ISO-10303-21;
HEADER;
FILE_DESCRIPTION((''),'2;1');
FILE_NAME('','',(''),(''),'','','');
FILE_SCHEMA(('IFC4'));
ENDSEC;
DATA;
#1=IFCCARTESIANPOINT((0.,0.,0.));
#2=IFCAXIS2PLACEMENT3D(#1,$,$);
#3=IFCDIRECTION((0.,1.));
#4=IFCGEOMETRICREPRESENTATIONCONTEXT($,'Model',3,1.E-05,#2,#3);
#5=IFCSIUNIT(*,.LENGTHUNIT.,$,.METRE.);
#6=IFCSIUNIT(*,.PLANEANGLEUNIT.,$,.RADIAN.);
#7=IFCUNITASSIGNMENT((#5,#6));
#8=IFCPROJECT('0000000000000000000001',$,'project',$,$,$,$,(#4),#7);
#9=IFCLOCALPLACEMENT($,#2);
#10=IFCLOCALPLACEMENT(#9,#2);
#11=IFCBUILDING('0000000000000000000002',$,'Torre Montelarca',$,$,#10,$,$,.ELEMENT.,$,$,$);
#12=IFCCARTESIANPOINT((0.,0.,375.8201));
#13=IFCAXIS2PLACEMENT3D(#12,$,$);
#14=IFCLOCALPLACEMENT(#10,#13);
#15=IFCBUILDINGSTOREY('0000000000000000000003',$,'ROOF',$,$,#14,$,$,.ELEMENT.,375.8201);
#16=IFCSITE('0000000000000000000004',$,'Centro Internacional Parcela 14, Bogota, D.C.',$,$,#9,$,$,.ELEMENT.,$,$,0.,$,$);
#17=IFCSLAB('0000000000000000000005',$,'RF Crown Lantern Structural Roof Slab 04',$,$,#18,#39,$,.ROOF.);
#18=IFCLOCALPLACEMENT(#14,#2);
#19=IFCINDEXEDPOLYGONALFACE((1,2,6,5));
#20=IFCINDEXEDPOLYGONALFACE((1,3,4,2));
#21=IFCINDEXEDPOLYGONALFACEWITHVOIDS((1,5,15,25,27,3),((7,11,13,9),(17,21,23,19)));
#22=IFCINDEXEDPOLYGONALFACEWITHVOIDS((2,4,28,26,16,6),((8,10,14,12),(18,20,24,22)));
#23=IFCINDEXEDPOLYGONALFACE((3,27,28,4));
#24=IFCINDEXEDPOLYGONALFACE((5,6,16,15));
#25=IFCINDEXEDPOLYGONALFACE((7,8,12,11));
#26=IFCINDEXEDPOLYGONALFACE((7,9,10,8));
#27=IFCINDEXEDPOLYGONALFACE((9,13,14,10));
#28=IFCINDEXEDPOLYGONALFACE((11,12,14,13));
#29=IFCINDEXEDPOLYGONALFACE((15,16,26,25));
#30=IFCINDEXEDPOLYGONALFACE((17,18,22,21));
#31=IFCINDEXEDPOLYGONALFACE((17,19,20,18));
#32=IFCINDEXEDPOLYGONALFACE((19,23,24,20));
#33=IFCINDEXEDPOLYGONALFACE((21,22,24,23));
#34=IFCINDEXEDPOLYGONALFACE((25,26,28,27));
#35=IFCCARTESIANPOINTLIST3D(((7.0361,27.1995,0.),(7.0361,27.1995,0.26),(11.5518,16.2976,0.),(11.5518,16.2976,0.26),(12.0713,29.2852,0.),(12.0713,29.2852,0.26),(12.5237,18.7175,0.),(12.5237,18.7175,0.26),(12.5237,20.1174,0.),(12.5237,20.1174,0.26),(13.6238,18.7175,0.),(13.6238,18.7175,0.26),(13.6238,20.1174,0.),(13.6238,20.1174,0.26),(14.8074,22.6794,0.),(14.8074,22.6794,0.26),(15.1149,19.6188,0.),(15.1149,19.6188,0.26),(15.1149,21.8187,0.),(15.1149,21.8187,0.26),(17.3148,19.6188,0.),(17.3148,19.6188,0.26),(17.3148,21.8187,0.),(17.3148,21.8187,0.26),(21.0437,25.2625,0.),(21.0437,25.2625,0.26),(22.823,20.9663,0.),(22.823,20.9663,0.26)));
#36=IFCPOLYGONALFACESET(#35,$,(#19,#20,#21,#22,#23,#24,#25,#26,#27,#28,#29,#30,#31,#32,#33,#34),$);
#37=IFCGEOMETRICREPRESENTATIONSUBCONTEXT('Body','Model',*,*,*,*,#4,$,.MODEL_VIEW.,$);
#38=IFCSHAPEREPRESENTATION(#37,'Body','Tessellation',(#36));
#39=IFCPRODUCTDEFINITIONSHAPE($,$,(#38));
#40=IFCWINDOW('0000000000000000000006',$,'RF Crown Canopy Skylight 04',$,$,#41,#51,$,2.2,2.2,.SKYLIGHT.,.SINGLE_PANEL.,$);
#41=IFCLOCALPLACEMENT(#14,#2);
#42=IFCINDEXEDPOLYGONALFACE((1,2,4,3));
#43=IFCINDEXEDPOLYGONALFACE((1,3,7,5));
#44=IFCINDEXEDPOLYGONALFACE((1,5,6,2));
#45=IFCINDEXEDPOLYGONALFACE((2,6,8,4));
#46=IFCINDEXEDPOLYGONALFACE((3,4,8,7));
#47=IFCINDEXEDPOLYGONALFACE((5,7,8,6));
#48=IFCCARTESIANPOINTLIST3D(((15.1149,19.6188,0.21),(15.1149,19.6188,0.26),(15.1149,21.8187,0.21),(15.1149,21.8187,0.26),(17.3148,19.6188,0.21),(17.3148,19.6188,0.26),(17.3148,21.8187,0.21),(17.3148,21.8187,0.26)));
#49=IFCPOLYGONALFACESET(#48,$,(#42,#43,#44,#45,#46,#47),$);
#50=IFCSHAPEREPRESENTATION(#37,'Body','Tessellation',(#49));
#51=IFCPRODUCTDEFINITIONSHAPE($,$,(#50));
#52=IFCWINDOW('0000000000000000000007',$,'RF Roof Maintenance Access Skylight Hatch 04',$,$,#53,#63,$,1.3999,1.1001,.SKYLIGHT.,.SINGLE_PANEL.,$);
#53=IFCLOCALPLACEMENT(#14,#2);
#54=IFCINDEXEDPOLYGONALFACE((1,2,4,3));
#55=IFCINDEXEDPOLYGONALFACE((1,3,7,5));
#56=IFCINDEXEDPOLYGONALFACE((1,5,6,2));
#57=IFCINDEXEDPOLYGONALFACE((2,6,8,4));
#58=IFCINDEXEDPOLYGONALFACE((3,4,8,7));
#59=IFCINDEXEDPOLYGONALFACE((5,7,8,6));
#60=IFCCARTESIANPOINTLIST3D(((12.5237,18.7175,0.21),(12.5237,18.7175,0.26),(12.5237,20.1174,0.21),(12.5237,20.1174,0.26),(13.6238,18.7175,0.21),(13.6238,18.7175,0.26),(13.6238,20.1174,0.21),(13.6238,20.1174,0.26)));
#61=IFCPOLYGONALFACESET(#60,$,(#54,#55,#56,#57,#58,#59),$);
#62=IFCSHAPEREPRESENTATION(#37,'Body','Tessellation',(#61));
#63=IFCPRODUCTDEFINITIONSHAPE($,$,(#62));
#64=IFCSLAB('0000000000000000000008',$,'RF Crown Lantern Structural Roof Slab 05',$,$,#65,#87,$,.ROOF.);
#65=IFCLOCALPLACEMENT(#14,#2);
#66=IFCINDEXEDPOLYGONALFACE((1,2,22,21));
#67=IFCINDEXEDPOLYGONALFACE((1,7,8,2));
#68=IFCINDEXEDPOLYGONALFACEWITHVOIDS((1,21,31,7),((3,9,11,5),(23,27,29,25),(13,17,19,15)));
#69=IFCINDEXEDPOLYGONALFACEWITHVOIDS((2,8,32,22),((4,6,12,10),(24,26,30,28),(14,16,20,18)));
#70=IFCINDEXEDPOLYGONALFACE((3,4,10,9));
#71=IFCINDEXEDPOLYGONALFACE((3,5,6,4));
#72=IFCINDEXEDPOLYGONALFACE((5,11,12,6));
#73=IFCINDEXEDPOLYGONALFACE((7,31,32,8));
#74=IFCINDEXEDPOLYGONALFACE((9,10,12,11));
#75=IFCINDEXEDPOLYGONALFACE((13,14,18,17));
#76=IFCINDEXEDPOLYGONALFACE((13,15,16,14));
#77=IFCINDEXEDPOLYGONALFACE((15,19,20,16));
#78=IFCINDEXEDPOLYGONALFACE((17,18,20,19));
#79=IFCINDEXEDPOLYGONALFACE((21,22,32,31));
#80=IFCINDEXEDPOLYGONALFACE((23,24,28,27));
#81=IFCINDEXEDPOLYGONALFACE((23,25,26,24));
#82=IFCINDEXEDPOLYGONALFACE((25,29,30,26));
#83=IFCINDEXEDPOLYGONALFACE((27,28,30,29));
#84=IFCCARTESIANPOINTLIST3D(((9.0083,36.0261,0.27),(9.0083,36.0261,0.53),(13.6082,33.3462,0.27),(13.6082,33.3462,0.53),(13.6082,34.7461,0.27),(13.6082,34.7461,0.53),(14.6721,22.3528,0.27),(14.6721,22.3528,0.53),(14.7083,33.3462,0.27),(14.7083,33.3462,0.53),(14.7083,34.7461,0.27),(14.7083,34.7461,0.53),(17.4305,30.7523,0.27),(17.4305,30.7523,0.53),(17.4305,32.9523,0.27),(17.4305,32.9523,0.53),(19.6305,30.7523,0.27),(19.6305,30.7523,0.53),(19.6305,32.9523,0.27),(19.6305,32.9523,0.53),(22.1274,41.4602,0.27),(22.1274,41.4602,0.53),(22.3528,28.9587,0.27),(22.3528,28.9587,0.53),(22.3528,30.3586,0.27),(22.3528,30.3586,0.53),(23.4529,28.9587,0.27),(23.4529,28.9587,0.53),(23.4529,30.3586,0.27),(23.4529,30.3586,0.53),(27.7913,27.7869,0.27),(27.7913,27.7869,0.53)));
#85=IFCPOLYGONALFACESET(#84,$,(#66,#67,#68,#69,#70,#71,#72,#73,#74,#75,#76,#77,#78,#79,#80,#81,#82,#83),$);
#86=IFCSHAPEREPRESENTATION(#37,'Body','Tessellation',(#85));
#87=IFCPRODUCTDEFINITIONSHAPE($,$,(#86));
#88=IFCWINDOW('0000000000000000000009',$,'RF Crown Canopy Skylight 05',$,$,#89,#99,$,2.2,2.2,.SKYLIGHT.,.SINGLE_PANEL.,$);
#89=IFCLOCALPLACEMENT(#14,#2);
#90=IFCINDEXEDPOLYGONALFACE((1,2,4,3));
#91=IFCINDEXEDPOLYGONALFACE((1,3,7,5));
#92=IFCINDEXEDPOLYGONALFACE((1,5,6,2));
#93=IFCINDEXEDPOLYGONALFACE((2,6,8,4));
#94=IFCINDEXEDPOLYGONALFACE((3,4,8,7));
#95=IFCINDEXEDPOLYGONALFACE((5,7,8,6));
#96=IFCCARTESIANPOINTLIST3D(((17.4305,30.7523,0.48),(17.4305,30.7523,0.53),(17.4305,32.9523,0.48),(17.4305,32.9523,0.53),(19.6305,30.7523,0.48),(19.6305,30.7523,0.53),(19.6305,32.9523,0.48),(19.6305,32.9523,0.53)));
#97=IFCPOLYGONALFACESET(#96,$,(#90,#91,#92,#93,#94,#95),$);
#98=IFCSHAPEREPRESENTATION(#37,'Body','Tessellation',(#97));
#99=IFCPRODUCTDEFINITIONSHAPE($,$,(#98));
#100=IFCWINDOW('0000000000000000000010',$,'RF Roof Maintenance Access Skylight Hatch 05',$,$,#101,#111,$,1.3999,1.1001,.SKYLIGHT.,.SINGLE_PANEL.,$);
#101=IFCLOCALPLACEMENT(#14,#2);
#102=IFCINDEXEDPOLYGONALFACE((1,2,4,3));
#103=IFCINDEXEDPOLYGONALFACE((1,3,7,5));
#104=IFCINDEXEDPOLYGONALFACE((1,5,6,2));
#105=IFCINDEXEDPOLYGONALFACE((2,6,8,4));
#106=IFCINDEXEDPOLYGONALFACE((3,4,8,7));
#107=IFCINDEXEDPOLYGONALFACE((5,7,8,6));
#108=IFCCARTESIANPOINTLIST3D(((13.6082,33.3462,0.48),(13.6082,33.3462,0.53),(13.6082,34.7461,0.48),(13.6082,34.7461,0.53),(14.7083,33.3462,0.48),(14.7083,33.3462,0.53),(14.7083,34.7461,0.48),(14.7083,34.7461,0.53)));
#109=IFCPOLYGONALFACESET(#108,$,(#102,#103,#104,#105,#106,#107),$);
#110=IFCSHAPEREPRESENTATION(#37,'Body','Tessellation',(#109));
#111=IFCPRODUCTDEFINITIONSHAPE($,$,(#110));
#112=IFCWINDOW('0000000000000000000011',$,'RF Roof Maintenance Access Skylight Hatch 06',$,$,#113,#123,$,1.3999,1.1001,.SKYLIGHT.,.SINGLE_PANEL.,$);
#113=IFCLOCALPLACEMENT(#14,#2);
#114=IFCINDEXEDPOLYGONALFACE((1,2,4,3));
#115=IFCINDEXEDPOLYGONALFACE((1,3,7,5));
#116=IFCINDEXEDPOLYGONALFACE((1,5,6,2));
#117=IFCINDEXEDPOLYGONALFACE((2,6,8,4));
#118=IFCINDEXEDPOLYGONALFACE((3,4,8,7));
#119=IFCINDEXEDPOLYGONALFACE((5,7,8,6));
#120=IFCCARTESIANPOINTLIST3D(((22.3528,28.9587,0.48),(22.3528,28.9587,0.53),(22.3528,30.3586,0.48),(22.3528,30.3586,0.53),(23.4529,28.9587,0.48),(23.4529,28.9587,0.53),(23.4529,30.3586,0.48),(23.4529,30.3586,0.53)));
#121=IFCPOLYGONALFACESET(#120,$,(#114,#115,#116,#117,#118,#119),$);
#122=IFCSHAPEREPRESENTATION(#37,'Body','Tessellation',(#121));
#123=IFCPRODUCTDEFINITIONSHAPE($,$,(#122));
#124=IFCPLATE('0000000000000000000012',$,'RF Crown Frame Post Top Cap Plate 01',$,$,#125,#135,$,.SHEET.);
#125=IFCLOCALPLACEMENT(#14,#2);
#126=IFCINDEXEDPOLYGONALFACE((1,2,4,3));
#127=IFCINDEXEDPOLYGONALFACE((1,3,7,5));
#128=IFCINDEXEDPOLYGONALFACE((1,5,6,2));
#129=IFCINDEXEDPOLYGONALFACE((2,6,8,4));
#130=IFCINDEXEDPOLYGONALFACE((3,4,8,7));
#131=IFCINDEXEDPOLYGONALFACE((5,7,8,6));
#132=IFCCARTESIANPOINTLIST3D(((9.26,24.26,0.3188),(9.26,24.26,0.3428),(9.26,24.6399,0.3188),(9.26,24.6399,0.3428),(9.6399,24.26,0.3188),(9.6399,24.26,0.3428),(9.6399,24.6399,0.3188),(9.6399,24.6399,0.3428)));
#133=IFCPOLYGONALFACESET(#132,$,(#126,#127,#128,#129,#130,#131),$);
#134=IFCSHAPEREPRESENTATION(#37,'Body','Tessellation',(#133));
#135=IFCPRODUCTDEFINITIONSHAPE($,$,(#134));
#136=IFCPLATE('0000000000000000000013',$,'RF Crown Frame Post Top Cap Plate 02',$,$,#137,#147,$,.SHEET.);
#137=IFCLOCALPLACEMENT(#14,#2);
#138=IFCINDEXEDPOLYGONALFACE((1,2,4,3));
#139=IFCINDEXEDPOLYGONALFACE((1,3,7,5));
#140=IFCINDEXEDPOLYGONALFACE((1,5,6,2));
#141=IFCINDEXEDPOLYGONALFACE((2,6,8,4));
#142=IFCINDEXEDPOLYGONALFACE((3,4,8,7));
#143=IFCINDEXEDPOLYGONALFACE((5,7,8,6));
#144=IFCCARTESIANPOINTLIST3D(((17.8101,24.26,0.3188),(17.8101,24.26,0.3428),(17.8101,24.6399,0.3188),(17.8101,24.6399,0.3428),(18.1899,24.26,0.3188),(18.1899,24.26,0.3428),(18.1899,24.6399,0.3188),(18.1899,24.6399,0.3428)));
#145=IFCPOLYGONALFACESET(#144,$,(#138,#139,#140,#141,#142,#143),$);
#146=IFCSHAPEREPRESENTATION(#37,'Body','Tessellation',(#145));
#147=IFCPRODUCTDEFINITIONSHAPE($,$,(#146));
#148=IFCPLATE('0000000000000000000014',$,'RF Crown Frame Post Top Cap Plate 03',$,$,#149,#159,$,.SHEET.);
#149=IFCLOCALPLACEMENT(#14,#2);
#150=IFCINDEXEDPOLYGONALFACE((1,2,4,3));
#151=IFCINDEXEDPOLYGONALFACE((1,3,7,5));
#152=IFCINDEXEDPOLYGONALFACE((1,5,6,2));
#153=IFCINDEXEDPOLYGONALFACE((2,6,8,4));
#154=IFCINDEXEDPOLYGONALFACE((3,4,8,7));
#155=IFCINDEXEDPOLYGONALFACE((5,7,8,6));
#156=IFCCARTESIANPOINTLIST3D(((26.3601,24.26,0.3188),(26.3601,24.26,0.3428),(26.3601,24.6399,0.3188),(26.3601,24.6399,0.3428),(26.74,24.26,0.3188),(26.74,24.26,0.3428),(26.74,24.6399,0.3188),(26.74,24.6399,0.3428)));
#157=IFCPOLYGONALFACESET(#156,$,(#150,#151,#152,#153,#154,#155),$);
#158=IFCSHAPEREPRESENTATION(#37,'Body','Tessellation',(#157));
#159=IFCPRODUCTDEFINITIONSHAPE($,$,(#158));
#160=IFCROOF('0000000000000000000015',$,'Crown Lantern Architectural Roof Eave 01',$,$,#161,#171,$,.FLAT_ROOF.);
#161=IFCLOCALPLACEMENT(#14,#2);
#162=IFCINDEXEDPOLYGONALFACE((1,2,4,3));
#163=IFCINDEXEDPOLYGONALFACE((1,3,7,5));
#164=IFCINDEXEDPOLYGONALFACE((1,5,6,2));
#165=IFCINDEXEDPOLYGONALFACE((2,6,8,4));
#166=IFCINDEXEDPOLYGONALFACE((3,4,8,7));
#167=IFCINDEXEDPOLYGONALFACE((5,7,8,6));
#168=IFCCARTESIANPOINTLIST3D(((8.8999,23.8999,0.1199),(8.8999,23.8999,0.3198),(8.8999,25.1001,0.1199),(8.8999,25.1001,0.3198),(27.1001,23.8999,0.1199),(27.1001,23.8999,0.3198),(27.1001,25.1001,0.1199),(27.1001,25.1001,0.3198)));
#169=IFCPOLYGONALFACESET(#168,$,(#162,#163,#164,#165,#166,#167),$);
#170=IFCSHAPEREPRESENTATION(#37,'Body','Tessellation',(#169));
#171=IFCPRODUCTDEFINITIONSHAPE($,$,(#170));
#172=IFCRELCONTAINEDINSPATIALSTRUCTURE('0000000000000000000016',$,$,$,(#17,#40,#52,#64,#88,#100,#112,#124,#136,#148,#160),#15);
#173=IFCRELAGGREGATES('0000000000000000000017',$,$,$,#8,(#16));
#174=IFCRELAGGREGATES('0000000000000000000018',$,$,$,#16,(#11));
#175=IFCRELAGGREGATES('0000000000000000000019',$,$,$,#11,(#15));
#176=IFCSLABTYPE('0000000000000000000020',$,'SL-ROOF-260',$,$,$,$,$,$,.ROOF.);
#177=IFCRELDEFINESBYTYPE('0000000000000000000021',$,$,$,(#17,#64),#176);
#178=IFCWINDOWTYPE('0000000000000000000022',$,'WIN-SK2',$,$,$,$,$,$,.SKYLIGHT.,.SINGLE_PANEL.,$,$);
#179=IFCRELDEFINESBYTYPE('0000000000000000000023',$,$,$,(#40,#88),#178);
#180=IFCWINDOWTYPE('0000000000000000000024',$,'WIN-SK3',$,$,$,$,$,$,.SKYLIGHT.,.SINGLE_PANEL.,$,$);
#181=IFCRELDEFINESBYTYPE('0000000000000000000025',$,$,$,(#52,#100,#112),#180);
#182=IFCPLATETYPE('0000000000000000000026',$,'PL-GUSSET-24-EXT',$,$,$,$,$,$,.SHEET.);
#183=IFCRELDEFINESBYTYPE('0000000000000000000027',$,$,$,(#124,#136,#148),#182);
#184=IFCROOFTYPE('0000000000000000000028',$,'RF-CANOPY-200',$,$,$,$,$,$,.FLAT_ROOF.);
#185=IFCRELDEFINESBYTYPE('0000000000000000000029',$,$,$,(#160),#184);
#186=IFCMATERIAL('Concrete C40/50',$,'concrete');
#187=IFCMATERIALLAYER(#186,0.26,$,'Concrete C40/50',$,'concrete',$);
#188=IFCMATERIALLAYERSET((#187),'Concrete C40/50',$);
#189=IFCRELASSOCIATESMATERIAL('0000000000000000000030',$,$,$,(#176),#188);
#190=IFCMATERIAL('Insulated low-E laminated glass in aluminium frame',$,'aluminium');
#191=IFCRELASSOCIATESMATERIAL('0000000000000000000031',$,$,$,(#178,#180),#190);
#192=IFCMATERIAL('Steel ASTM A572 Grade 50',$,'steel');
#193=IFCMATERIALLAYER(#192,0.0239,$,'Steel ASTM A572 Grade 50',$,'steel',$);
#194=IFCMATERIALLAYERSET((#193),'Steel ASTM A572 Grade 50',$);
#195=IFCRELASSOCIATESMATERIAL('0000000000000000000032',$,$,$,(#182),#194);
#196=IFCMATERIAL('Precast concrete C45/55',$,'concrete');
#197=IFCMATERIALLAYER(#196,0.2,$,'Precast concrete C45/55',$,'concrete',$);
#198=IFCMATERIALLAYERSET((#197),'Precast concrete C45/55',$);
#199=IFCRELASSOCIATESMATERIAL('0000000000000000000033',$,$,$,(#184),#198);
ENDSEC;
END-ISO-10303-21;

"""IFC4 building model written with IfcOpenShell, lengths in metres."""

from ifc_helpers import new_model, si_unit, direction, frame, origin, origin_2d, place, context, subcontext, project, spatial, polyline, rectangle, outline, extrude, source, transform, mapped, material, layer, layer_set, type_object, element, fill, save


model = new_model("IFC4")

# Units and contexts
model_context = context("Model", 3, precision=1e-05, world=origin(), true_north=direction((0.0, 1.0)))
body_context = subcontext(model_context, "Body", "Model", "MODEL_VIEW")
ifc_project = project(units=[si_unit("LENGTHUNIT", "METRE"), si_unit("PLANEANGLEUNIT", "RADIAN")], contexts=[model_context])

# Site, building, storey
site_placement = place(None, origin())
site = spatial("IfcSite", under=ifc_project, at=site_placement, Name="Centro Internacional Parcela 14, Bogota, D.C.", CompositionType="ELEMENT", RefElevation=0.0)
building_placement = place(site_placement, origin())
building = spatial("IfcBuilding", under=site, at=building_placement, Name="Torre Montelarca", CompositionType="ELEMENT")
storey_placement = place(building_placement, frame((0.0, 0.0, 375.8201)))
storey = spatial("IfcBuildingStorey", under=building, at=storey_placement, Name="ROOF", CompositionType="ELEMENT", Elevation=375.8201)

# Slabs, openings, windows
ifc_material_1 = material(Name="Concrete C40/50", Category="concrete")
ifc_layer_1 = layer(ifc_material_1, 0.26, Name="Concrete C40/50", Category="concrete")
ifc_layer_set_1 = layer_set([ifc_layer_1], Name="Concrete C40/50")
slab_type = type_object("IfcSlabType", Name="SL-ROOF-260", PredefinedType="ROOF", material=ifc_layer_set_1)
ifc_material_2 = material(Name="Insulated low-E laminated glass in aluminium frame", Category="aluminium")
window_type_1 = type_object("IfcWindowType", Name="WIN-SK2", PartitioningType="SINGLE_PANEL", PredefinedType="SKYLIGHT", material=ifc_material_2)
window_type_2 = type_object("IfcWindowType", Name="WIN-SK3", PartitioningType="SINGLE_PANEL", PredefinedType="SKYLIGHT", material=ifc_material_2)
slab_1_placement = place(storey_placement, origin())
slab_1 = element("IfcSlab", 1, at=slab_1_placement, inside=storey, type_object=slab_type, Name="RF Crown Lantern Structural Roof Slab 04", PredefinedType="ROOF", context=body_context, shape_type="SweptSolid", body=[
    extrude(outline(polyline([(21.0437, 25.2625), (14.8074, 22.6794), (12.0713, 29.2852), (7.0361, 27.1995), (11.5518, 16.2976), (22.823, 20.9663), (21.0437, 25.2625)])), origin(), (0.0, 0.0, 1.0), 0.26),
])
opening_1_placement = place(slab_1_placement, frame((16.2148, 20.7188, -0.01)))
opening_1 = element("IfcOpeningElement", 2, at=opening_1_placement, cuts=slab_1, PredefinedType="OPENING", context=body_context, shape_type="SweptSolid", body=[
    extrude(rectangle(XDim=2.2, YDim=2.2, at=origin_2d()), origin(), (0.0, 0.0, 1.0), 0.28),
])
opening_2_placement = place(slab_1_placement, frame((13.0737, 19.4175, -0.01)))
opening_2 = element("IfcOpeningElement", 3, at=opening_2_placement, cuts=slab_1, PredefinedType="OPENING", context=body_context, shape_type="SweptSolid", body=[
    extrude(rectangle(XDim=1.1001, YDim=1.3999, at=origin_2d()), origin(), (0.0, 0.0, 1.0), 0.28),
])
window_1_placement = place(slab_1_placement, frame((16.2148, 20.7188, 0.21)))
window_1 = element("IfcWindow", 4, at=window_1_placement, inside=storey, type_object=window_type_1, Name="RF Crown Canopy Skylight 04", OverallHeight=2.2, OverallWidth=2.2, PartitioningType="SINGLE_PANEL", PredefinedType="SKYLIGHT", context=body_context, shape_type="SweptSolid", body=[
    extrude(rectangle(XDim=2.2, YDim=2.2, at=origin_2d()), origin(), (0.0, 0.0, 1.0), 0.05),
])
fill(opening_1, window_1)
window_2_placement = place(slab_1_placement, frame((13.0737, 19.4175, 0.21)))
window_2 = element("IfcWindow", 5, at=window_2_placement, inside=storey, type_object=window_type_2, Name="RF Roof Maintenance Access Skylight Hatch 04", OverallHeight=1.3999, OverallWidth=1.1001, PartitioningType="SINGLE_PANEL", PredefinedType="SKYLIGHT", context=body_context, shape_type="SweptSolid", body=[
    extrude(rectangle(XDim=1.1001, YDim=1.3999, at=origin_2d()), origin(), (0.0, 0.0, 1.0), 0.05),
])
fill(opening_2, window_2)
slab_2_placement = place(storey_placement, frame((0.0, 0.0, 0.27)))
slab_2 = element("IfcSlab", 6, at=slab_2_placement, inside=storey, type_object=slab_type, Name="RF Crown Lantern Structural Roof Slab 05", PredefinedType="ROOF", context=body_context, shape_type="SweptSolid", body=[
    extrude(outline(polyline([(9.0083, 36.0261), (14.6721, 22.3528), (27.7913, 27.7869), (22.1274, 41.4602), (9.0083, 36.0261)])), origin(), (0.0, 0.0, 1.0), 0.26),
])
opening_3_placement = place(slab_2_placement, frame((18.5305, 31.8523, -0.01)))
opening_3 = element("IfcOpeningElement", 7, at=opening_3_placement, cuts=slab_2, PredefinedType="OPENING", context=body_context, shape_type="SweptSolid", body=[
    extrude(rectangle(XDim=2.2, YDim=2.2, at=origin_2d()), origin(), (0.0, 0.0, 1.0), 0.28),
])
opening_4_placement = place(slab_2_placement, frame((14.1582, 34.0461, -0.01)))
opening_4 = element("IfcOpeningElement", 8, at=opening_4_placement, cuts=slab_2, PredefinedType="OPENING", context=body_context, shape_type="SweptSolid", body=[
    extrude(rectangle(XDim=1.1001, YDim=1.3999, at=origin_2d()), origin(), (0.0, 0.0, 1.0), 0.28),
])
opening_5_placement = place(slab_2_placement, frame((22.9028, 29.6587, -0.01)))
opening_5 = element("IfcOpeningElement", 9, at=opening_5_placement, cuts=slab_2, PredefinedType="OPENING", context=body_context, shape_type="SweptSolid", body=[
    extrude(rectangle(XDim=1.1001, YDim=1.3999, at=origin_2d()), origin(), (0.0, 0.0, 1.0), 0.28),
])
window_3_placement = place(slab_2_placement, frame((18.5305, 31.8523, 0.21)))
window_3 = element("IfcWindow", 10, at=window_3_placement, inside=storey, type_object=window_type_1, Name="RF Crown Canopy Skylight 05", OverallHeight=2.2, OverallWidth=2.2, PartitioningType="SINGLE_PANEL", PredefinedType="SKYLIGHT", context=body_context, shape_type="SweptSolid", body=[
    extrude(rectangle(XDim=2.2, YDim=2.2, at=origin_2d()), origin(), (0.0, 0.0, 1.0), 0.05),
])
fill(opening_3, window_3)
window_4_placement = place(slab_2_placement, frame((14.1582, 34.0461, 0.21)))
window_4 = element("IfcWindow", 11, at=window_4_placement, inside=storey, type_object=window_type_2, Name="RF Roof Maintenance Access Skylight Hatch 05", OverallHeight=1.3999, OverallWidth=1.1001, PartitioningType="SINGLE_PANEL", PredefinedType="SKYLIGHT", context=body_context, shape_type="SweptSolid", body=[
    extrude(rectangle(XDim=1.1001, YDim=1.3999, at=origin_2d()), origin(), (0.0, 0.0, 1.0), 0.05),
])
fill(opening_4, window_4)
window_5_placement = place(slab_2_placement, frame((22.9028, 29.6587, 0.21)))
window_5 = element("IfcWindow", 12, at=window_5_placement, inside=storey, type_object=window_type_2, Name="RF Roof Maintenance Access Skylight Hatch 06", OverallHeight=1.3999, OverallWidth=1.1001, PartitioningType="SINGLE_PANEL", PredefinedType="SKYLIGHT", context=body_context, shape_type="SweptSolid", body=[
    extrude(rectangle(XDim=1.1001, YDim=1.3999, at=origin_2d()), origin(), (0.0, 0.0, 1.0), 0.05),
])
fill(opening_5, window_5)

# Plates
ifc_material_3 = material(Name="Steel ASTM A572 Grade 50", Category="steel")
ifc_layer_2 = layer(ifc_material_3, 0.0239, Name="Steel ASTM A572 Grade 50", Category="steel")
ifc_layer_set_2 = layer_set([ifc_layer_2], Name="Steel ASTM A572 Grade 50")
plate_type = type_object("IfcPlateType", Name="PL-GUSSET-24-EXT", PredefinedType="SHEET", material=ifc_layer_set_2)
shared_shape_1 = source(origin(), body_context, "Body", "SweptSolid", [
    extrude(rectangle(XDim=0.3799, YDim=0.3799, at=origin_2d()), origin(), (0.0, 0.0, 1.0), 0.0239),
])
for number, where, z_axis, x_axis, name in (
    (13, (9.45, 24.45, 0.3188), (0.0, 0.0, 1.0), (1.0, 0.0, 0.0), "RF Crown Frame Post Top Cap Plate 01"),
    (14, (18.0, 24.45, 0.3188), (0.0, 0.0, 1.0), (1.0, 0.0, 0.0), "RF Crown Frame Post Top Cap Plate 02"),
    (15, (26.55, 24.45, 0.3188), (0.0, 0.0, 1.0), (1.0, 0.0, 0.0), "RF Crown Frame Post Top Cap Plate 03"),
):
    element("IfcPlate", number, at=place(storey_placement, frame(where, z_axis=z_axis, x_axis=x_axis)), inside=storey, type_object=plate_type, Name=name, PredefinedType="SHEET", context=body_context, shape_type="MappedRepresentation", body=[
        mapped(shared_shape_1, transform((0.0, 0.0, 0.0), scale=1.0)),
    ])

# Roof
ifc_material_4 = material(Name="Precast concrete C45/55", Category="concrete")
ifc_layer_3 = layer(ifc_material_4, 0.2, Name="Precast concrete C45/55", Category="concrete")
ifc_layer_set_3 = layer_set([ifc_layer_3], Name="Precast concrete C45/55")
roof_type = type_object("IfcRoofType", Name="RF-CANOPY-200", PredefinedType="FLAT_ROOF", material=ifc_layer_set_3)
roof_1_placement = place(storey_placement, frame((0.0, 0.0, 0.1199)))
element("IfcRoof", 16, at=roof_1_placement, inside=storey, type_object=roof_type, Name="Crown Lantern Architectural Roof Eave 01", PredefinedType="FLAT_ROOF", context=body_context, shape_type="SweptSolid", body=[
    extrude(outline(polyline([(8.8999, 23.8999), (27.1001, 23.8999), (27.1001, 25.1001), (8.8999, 25.1001), (8.8999, 23.8999)])), origin(), (0.0, 0.0, 1.0), 0.2),
])

save(model, "model.ifc")
